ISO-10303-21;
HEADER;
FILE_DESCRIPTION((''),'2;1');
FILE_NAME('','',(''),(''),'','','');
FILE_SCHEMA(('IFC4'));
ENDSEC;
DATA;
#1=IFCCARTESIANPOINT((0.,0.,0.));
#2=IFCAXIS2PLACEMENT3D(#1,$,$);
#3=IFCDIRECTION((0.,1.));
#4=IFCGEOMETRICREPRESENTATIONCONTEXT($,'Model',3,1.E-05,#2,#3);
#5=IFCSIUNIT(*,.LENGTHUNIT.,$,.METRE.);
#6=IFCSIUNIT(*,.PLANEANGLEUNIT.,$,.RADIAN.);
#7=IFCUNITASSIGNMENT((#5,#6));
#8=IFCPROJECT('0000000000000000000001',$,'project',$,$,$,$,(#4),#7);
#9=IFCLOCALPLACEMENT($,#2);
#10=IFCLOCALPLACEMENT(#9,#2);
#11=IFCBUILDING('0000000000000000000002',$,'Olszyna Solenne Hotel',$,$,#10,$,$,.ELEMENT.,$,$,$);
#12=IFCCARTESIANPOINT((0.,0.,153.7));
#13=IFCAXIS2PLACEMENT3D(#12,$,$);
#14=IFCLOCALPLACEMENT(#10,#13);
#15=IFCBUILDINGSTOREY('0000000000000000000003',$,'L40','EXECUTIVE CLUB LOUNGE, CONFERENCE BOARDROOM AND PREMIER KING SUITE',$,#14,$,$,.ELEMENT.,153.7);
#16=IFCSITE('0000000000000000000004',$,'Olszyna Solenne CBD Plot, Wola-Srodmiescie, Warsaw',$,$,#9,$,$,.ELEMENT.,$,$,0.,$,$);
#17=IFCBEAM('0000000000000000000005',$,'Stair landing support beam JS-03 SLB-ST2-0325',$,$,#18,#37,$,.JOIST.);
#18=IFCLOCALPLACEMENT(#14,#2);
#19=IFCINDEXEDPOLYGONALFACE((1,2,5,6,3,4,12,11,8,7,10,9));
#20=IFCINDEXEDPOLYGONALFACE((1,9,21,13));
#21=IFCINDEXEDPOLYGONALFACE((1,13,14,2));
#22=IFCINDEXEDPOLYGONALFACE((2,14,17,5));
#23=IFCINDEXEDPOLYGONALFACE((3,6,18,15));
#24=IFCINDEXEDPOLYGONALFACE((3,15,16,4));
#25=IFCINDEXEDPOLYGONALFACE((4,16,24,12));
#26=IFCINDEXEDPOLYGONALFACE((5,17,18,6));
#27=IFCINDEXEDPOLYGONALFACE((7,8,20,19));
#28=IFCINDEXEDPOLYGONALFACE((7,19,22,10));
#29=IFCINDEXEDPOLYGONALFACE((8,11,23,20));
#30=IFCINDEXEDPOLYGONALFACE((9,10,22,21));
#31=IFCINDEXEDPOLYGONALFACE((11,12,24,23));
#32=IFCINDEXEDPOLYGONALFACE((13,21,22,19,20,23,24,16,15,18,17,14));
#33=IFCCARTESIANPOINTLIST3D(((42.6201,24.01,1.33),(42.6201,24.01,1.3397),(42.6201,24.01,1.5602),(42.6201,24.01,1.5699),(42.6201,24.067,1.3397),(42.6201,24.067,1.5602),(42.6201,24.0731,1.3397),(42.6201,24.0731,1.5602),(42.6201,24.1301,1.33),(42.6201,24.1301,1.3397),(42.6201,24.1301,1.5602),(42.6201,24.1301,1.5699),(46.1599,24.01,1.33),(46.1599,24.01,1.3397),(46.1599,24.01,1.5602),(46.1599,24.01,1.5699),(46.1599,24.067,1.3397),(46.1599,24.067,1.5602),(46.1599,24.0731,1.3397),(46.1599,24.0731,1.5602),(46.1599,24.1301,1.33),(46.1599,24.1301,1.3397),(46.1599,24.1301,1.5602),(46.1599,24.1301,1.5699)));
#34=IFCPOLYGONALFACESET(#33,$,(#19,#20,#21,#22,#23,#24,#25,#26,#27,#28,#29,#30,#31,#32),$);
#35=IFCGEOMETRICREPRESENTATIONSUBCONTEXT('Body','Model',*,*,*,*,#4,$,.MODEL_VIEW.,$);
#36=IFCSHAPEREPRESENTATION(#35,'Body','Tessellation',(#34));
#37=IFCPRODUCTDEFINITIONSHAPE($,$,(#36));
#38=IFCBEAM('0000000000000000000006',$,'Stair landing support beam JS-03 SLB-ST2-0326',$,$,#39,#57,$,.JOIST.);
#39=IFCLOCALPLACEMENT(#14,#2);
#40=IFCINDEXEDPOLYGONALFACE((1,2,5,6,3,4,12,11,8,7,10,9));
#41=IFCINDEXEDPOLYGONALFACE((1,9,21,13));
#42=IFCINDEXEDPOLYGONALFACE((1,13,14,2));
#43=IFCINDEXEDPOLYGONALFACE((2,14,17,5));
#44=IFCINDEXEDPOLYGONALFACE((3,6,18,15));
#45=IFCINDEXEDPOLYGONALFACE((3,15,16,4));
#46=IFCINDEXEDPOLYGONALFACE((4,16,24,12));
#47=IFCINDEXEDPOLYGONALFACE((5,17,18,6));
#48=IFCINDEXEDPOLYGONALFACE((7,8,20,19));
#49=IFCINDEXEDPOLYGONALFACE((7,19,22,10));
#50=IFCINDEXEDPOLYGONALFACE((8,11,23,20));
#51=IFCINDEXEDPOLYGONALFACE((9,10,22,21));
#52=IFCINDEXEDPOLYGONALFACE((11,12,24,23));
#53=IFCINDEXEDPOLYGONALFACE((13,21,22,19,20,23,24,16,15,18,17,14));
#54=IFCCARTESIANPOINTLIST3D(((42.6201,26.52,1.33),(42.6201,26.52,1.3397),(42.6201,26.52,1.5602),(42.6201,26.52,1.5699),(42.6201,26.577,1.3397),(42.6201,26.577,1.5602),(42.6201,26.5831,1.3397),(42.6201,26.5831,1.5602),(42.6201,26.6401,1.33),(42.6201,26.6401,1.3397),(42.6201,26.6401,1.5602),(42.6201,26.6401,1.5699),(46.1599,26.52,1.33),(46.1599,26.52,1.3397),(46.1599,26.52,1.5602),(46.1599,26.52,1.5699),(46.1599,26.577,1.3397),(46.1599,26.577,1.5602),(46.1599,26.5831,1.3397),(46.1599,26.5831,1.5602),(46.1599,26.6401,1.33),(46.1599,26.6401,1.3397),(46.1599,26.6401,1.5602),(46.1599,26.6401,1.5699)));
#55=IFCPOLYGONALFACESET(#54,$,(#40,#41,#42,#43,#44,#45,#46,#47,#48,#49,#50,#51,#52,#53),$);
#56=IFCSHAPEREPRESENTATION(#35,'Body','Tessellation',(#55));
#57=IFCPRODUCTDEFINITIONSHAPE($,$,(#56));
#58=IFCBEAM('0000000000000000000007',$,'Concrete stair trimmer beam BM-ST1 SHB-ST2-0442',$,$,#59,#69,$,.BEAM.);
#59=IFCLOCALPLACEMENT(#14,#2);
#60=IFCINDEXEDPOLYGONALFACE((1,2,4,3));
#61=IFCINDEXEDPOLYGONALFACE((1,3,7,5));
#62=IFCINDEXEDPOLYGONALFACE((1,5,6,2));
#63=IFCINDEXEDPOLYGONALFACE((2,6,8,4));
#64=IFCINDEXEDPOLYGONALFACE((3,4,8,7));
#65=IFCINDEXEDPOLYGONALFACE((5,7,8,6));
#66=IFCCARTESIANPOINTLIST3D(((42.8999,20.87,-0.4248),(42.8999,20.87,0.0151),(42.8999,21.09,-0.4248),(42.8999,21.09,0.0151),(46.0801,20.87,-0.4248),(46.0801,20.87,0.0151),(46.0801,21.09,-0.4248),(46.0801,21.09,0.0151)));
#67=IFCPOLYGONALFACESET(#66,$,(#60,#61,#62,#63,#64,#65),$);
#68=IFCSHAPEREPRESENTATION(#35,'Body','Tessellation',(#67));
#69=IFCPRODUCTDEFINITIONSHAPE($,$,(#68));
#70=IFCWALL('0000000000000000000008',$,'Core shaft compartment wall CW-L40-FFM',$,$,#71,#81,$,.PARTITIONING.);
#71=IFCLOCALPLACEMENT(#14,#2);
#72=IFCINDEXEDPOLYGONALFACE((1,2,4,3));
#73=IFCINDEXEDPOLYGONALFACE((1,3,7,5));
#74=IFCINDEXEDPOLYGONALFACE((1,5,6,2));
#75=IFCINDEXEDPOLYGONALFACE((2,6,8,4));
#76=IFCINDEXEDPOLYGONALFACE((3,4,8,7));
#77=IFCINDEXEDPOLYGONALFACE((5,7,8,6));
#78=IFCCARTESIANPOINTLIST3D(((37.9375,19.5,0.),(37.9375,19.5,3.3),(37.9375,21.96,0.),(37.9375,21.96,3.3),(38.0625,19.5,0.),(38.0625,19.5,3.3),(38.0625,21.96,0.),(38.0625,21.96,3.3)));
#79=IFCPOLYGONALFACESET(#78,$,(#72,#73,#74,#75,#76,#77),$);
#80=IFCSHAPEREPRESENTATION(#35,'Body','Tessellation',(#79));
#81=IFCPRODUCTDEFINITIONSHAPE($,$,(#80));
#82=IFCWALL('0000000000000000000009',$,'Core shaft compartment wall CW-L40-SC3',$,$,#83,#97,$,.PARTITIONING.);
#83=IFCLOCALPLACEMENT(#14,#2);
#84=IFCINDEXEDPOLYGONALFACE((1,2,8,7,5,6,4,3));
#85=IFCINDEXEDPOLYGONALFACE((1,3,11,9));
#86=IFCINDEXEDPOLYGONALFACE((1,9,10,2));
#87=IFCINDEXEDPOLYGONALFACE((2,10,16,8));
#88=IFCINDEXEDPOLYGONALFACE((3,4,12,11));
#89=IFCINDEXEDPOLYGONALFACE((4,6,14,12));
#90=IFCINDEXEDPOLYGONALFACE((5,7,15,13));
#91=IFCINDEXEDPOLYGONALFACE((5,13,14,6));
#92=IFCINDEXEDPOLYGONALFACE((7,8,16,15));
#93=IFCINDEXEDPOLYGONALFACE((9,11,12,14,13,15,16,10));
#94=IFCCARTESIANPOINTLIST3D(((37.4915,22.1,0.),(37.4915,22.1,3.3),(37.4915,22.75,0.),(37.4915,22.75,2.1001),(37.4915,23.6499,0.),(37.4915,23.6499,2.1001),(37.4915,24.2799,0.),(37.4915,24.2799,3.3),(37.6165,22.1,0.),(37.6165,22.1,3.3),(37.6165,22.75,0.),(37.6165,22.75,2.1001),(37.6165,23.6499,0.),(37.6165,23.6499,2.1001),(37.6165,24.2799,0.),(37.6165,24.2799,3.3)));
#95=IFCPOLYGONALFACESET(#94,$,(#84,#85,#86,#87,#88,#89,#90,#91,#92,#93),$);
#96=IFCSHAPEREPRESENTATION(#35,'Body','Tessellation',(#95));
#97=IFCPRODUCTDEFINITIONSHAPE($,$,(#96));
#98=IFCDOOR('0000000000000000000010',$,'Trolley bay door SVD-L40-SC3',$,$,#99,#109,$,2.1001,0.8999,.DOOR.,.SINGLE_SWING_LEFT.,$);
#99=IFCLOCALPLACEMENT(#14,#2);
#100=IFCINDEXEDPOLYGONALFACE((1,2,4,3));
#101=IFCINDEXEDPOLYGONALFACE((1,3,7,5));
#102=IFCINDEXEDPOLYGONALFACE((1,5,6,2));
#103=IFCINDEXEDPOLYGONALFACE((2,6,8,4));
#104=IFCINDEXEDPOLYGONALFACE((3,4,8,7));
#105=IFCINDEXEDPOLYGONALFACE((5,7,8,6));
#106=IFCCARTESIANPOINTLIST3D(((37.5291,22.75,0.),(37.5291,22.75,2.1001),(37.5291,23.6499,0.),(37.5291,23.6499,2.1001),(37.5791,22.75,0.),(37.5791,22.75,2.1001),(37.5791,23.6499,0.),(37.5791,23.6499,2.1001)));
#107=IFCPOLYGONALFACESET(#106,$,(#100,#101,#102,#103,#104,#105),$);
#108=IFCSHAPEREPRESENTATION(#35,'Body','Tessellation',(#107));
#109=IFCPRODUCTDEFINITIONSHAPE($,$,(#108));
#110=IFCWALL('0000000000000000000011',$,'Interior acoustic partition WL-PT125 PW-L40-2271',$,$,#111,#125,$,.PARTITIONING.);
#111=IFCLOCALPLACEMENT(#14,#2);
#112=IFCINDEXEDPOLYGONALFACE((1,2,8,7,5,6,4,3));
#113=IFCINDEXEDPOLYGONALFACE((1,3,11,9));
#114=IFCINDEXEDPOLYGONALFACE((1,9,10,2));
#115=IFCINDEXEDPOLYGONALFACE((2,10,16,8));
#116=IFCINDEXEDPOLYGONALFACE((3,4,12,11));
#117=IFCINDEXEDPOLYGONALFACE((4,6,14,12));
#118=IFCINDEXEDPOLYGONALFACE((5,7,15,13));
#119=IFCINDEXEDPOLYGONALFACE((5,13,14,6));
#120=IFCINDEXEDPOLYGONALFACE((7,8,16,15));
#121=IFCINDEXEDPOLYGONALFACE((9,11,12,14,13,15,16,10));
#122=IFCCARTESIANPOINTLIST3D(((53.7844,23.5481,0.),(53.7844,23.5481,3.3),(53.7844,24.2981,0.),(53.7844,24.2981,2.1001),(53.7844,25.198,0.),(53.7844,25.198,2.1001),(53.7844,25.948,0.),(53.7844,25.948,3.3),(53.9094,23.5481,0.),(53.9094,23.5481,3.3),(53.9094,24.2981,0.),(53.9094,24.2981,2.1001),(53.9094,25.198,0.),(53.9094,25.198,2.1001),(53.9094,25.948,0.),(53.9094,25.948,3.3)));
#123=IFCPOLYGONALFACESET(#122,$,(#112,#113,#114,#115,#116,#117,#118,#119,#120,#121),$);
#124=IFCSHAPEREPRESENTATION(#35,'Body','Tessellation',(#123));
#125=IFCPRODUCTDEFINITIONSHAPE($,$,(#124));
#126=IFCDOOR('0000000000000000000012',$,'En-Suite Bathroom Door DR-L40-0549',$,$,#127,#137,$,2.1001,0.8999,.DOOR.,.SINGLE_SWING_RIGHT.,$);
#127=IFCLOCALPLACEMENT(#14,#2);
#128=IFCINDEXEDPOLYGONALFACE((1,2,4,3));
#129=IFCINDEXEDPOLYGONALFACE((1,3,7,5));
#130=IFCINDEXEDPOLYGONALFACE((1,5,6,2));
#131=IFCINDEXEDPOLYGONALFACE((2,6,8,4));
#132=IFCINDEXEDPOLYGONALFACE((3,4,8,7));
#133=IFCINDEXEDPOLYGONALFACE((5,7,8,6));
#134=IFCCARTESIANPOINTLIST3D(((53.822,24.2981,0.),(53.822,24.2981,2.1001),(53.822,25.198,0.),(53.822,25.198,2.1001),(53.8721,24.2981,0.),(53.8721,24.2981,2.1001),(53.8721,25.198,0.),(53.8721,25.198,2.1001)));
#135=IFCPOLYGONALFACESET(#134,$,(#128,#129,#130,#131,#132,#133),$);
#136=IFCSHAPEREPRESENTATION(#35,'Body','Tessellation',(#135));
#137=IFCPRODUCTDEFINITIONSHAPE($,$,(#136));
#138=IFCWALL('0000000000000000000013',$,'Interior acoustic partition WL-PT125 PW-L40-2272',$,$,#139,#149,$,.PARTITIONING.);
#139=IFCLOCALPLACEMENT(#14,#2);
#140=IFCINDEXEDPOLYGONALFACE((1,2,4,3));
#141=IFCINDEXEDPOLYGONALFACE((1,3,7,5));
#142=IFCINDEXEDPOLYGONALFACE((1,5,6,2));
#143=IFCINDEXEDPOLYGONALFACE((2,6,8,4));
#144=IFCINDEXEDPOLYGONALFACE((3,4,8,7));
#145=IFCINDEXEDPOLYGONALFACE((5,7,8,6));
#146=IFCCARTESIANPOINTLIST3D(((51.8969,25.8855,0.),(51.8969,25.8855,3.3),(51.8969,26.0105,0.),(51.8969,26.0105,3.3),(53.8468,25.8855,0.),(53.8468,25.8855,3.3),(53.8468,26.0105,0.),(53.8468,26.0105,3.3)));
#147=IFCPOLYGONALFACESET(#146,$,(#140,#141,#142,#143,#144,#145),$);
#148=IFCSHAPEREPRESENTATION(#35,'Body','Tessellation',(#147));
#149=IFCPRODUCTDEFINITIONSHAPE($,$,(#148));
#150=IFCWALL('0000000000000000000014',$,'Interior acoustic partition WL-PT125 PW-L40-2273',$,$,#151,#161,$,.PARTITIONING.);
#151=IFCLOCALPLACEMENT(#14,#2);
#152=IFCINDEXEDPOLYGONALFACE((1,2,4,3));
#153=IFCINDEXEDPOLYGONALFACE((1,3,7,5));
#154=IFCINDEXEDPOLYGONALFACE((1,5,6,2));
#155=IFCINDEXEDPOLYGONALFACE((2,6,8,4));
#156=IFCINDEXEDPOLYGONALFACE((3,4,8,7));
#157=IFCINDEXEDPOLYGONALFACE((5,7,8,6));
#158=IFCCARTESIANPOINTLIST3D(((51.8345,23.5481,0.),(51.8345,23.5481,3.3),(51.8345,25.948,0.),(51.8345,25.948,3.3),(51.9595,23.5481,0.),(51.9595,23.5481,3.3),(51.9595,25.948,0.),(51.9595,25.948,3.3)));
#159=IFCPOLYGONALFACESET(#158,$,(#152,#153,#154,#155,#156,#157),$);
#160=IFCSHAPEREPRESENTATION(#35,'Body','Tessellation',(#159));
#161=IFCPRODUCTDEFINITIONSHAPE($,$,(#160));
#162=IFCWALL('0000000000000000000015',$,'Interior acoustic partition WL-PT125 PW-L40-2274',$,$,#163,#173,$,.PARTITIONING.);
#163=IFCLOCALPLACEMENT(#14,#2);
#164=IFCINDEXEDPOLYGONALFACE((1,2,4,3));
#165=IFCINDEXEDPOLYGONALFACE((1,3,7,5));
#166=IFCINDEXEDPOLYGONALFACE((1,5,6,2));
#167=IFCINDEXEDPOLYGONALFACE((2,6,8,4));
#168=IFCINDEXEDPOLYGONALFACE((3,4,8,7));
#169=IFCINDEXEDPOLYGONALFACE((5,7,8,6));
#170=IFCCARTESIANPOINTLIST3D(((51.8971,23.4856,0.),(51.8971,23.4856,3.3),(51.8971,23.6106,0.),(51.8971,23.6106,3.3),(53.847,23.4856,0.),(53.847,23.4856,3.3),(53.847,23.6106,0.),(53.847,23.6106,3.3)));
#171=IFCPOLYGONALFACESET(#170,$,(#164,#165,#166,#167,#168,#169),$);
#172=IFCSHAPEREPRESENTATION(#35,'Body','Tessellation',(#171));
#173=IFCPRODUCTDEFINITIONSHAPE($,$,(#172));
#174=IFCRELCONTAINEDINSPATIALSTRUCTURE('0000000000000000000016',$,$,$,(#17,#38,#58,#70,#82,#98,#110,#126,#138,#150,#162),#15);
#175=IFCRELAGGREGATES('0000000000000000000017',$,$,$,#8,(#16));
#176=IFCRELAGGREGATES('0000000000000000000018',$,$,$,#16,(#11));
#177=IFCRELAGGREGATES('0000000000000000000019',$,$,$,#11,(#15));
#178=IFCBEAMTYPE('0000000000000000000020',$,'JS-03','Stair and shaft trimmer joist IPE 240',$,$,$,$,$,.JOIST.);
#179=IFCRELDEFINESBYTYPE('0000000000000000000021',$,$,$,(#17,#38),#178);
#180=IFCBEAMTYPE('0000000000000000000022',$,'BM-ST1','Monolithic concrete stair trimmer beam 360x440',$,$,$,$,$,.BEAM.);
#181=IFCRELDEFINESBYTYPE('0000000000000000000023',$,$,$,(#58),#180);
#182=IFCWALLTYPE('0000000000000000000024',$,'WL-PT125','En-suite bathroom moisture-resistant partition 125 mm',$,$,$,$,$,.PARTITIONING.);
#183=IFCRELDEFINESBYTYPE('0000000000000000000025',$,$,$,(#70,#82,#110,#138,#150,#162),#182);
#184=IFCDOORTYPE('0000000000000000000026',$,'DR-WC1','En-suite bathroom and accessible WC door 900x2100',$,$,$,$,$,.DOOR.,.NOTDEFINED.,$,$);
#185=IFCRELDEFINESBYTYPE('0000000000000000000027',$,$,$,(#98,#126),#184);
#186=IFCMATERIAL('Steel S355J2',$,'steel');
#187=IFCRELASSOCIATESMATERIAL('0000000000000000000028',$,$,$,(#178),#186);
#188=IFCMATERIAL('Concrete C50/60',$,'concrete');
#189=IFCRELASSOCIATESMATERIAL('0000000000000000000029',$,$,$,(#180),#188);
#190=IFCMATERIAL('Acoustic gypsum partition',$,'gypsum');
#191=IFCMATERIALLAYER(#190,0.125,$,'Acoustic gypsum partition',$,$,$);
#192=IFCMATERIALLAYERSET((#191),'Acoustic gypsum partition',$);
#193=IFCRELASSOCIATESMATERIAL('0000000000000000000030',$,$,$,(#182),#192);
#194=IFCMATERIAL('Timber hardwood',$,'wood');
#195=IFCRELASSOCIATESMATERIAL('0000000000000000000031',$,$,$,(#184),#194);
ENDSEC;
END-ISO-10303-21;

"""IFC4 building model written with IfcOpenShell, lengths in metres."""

from ifc_helpers import new_model, si_unit, direction, frame, frame_2d, origin, origin_2d, place, context, subcontext, project, spatial, rectangle, i_section, extrude, source, transform, mapped, material, layer, layer_set, material_profile, profile_set, type_object, type_shapes, element, fill, save


model = new_model("IFC4")

# Units and contexts
model_context = context("Model", 3, precision=1e-05, world=origin(), true_north=direction((0.0, 1.0)))
body_context = subcontext(model_context, "Body", "Model", "MODEL_VIEW")
ifc_project = project(units=[si_unit("LENGTHUNIT", "METRE"), si_unit("PLANEANGLEUNIT", "RADIAN")], contexts=[model_context])

# Site, building, storey
site_placement = place(None, origin())
site = spatial("IfcSite", under=ifc_project, at=site_placement, Name="Olszyna Solenne CBD Plot, Wola-Srodmiescie, Warsaw", CompositionType="ELEMENT", RefElevation=0.0)
building_placement = place(site_placement, origin())
building = spatial("IfcBuilding", under=site, at=building_placement, Name="Olszyna Solenne Hotel", CompositionType="ELEMENT")
storey_placement = place(building_placement, frame((0.0, 0.0, 153.7)))
storey = spatial("IfcBuildingStorey", under=building, at=storey_placement, Name="L40", Description="EXECUTIVE CLUB LOUNGE, CONFERENCE BOARDROOM AND PREMIER KING SUITE", CompositionType="ELEMENT", Elevation=153.7)

# Beams
ifc_material_1 = material(Name="Steel S355J2", Category="steel")
ifc_material_profile_1 = material_profile(ifc_material_1, i_section(OverallWidth=0.1201, OverallDepth=0.24, WebThickness=0.0061, FlangeThickness=0.0098, at=origin_2d()), Name="IPE 240", Category="load-bearing")
ifc_profile_set_1 = profile_set([ifc_material_profile_1], Name="Steel S355J2")
beam_type_1 = type_object("IfcBeamType", Name="JS-03", Description="Stair and shaft trimmer joist IPE 240", PredefinedType="JOIST", material=ifc_profile_set_1)
shared_shape_1 = source(origin(), body_context, "Body", "SweptSolid", [
    extrude(i_section(OverallWidth=0.1201, OverallDepth=0.24, WebThickness=0.0061, FlangeThickness=0.0098, at=origin_2d()), origin(), (0.0, 0.0, 1.0), 3.5398),
])
for number, where, z_axis, x_axis, name in (
    (1, (46.1599, 24.0701, 1.45), (-1.0, 0.0, 0.0), (0.0, -1.0, 0.0), "Stair landing support beam JS-03 SLB-ST2-0325"),
    (2, (46.1599, 26.5801, 1.45), (-1.0, 0.0, 0.0), (0.0, -1.0, 0.0), "Stair landing support beam JS-03 SLB-ST2-0326"),
):
    element("IfcBeam", number, at=place(storey_placement, frame(where, z_axis=z_axis, x_axis=x_axis)), inside=storey, type_object=beam_type_1, Name=name, PredefinedType="JOIST", context=body_context, shape_type="MappedRepresentation", body=[
        mapped(shared_shape_1, transform((0.0, 0.0, 0.0), x_axis=(1.0, 0.0, 0.0), y_axis=(0.0, 1.0, 0.0), z_axis=(0.0, 0.0, 1.0), scale=1.0)),
    ])
ifc_material_2 = material(Name="Concrete C50/60", Category="concrete")
ifc_material_profile_2 = material_profile(ifc_material_2, rectangle(XDim=0.22, YDim=0.4399, at=origin_2d()), Name="RC 220x440", Category="load-bearing")
ifc_profile_set_2 = profile_set([ifc_material_profile_2], Name="Concrete C50/60")
beam_type_2 = type_object("IfcBeamType", Name="BM-ST1", Description="Monolithic concrete stair trimmer beam 360x440", PredefinedType="BEAM", material=ifc_profile_set_2)
shared_shape_2 = source(origin(), body_context, "Body", "SweptSolid", [
    extrude(rectangle(XDim=0.22, YDim=0.4399, at=origin_2d()), origin(), (0.0, 0.0, 1.0), 3.1802),
])
beam_placement = place(storey_placement, frame((46.0801, 20.98, -0.2048), z_axis=(-1.0, 0.0, 0.0), x_axis=(0.0, -1.0, 0.0)))
element("IfcBeam", 3, at=beam_placement, inside=storey, type_object=beam_type_2, Name="Concrete stair trimmer beam BM-ST1 SHB-ST2-0442", PredefinedType="BEAM", context=body_context, shape_type="MappedRepresentation", body=[
    mapped(shared_shape_2, transform((0.0, 0.0, 0.0), x_axis=(1.0, 0.0, 0.0), y_axis=(0.0, 1.0, 0.0), z_axis=(0.0, 0.0, 1.0), scale=1.0)),
])

# Wall
ifc_material_3 = material(Name="Acoustic gypsum partition", Category="gypsum")
ifc_layer_1 = layer(ifc_material_3, 0.125, Name="Acoustic gypsum partition")
ifc_layer_set_1 = layer_set([ifc_layer_1], Name="Acoustic gypsum partition")
wall_type_1 = type_object("IfcWallType", Name="WL-PT125", Description="En-suite bathroom moisture-resistant partition 125 mm", PredefinedType="PARTITIONING", material=ifc_layer_set_1)
wall_1_placement = place(storey_placement, frame((38.0, 19.5, 0.0), z_axis=(0.0, 0.0, 1.0), x_axis=(0.0, 1.0, 0.0)))
element("IfcWall", 4, at=wall_1_placement, inside=storey, type_object=wall_type_1, Name="Core shaft compartment wall CW-L40-FFM", PredefinedType="PARTITIONING", context=body_context, shape_type="SweptSolid", body=[
    extrude(rectangle(XDim=2.46, YDim=0.125, at=frame_2d((1.23, 0.0))), origin(), (0.0, 0.0, 1.0), 3.3),
])

# Walls, openings, doors
wall_2_placement = place(storey_placement, frame((37.554, 22.1001, 0.0), z_axis=(0.0, 0.0, 1.0), x_axis=(0.0, 1.0, 0.0)))
wall_2 = element("IfcWall", 5, at=wall_2_placement, inside=storey, type_object=wall_type_1, Name="Core shaft compartment wall CW-L40-SC3", PredefinedType="PARTITIONING", context=body_context, shape_type="SweptSolid", body=[
    extrude(rectangle(XDim=2.1799, YDim=0.125, at=frame_2d((1.0898, 0.0))), origin(), (0.0, 0.0, 1.0), 3.3),
])
opening_1_placement = place(wall_2_placement, frame((0.6499, 0.0, 0.0)))
opening_1 = element("IfcOpeningElement", 6, at=opening_1_placement, cuts=wall_2, PredefinedType="OPENING", context=body_context, shape_type="SweptSolid", body=[
    extrude(rectangle(XDim=0.8999, YDim=2.1001, at=frame_2d((0.45, 1.05))), frame((0.0, 0.0725, 0.0), z_axis=(0.0, -1.0, 0.0), x_axis=(1.0, 0.0, 0.0)), (0.0, 0.0, 1.0), 0.145),
])
ifc_material_4 = material(Name="Timber hardwood", Category="wood")
door_type_1 = type_object("IfcDoorType", Name="DR-WC1", Description="En-suite bathroom and accessible WC door 900x2100", OperationType="NOTDEFINED", PredefinedType="DOOR", material=ifc_material_4)
shared_shape_3 = source(origin(), body_context, "Body", "SweptSolid", [
    extrude(rectangle(XDim=0.8999, YDim=2.1001, at=frame_2d((0.45, 1.05))), frame((0.0, 0.0249, 0.0), z_axis=(0.0, -1.0, 0.0), x_axis=(1.0, 0.0, 0.0)), (0.0, 0.0, 1.0), 0.05),
])
type_shapes(door_type_1, [shared_shape_3])
door_1_placement = place(opening_1_placement, origin())
door_1 = element("IfcDoor", 7, at=door_1_placement, inside=storey, type_object=door_type_1, Name="Trolley bay door SVD-L40-SC3", OperationType="SINGLE_SWING_LEFT", OverallHeight=2.1001, OverallWidth=0.8999, PredefinedType="DOOR", context=body_context, shape_type="MappedRepresentation", body=[
    mapped(shared_shape_3, transform((0.0, 0.0, 0.0), x_axis=(1.0, 0.0, 0.0), y_axis=(0.0, 1.0, 0.0), z_axis=(0.0, 0.0, 1.0), scale=1.0)),
])
fill(opening_1, door_1)
wall_3_placement = place(storey_placement, frame((53.8469, 23.5481, 0.0), z_axis=(0.0, 0.0, 1.0), x_axis=(0.0, 1.0, 0.0)))
wall_3 = element("IfcWall", 8, at=wall_3_placement, inside=storey, type_object=wall_type_1, Name="Interior acoustic partition WL-PT125 PW-L40-2271", PredefinedType="PARTITIONING", context=body_context, shape_type="SweptSolid", body=[
    extrude(rectangle(XDim=2.3999, YDim=0.125, at=frame_2d((1.2, 0.0))), origin(), (0.0, 0.0, 1.0), 3.3),
])
opening_2_placement = place(wall_3_placement, frame((0.75, 0.0, 0.0)))
opening_2 = element("IfcOpeningElement", 9, at=opening_2_placement, cuts=wall_3, PredefinedType="OPENING", context=body_context, shape_type="SweptSolid", body=[
    extrude(rectangle(XDim=0.8999, YDim=2.1001, at=frame_2d((0.45, 1.05))), frame((0.0, 0.0725, 0.0), z_axis=(0.0, -1.0, 0.0), x_axis=(1.0, 0.0, 0.0)), (0.0, 0.0, 1.0), 0.145),
])
door_2_placement = place(opening_2_placement, origin())
door_2 = element("IfcDoor", 10, at=door_2_placement, inside=storey, type_object=door_type_1, Name="En-Suite Bathroom Door DR-L40-0549", OperationType="SINGLE_SWING_RIGHT", OverallHeight=2.1001, OverallWidth=0.8999, PredefinedType="DOOR", context=body_context, shape_type="MappedRepresentation", body=[
    mapped(shared_shape_3, transform((0.0, 0.0, 0.0), x_axis=(1.0, 0.0, 0.0), y_axis=(0.0, 1.0, 0.0), z_axis=(0.0, 0.0, 1.0), scale=1.0)),
])
fill(opening_2, door_2)

# Walls
wall_4_placement = place(storey_placement, frame((53.8469, 25.948, 0.0), z_axis=(0.0, 0.0, 1.0), x_axis=(-1.0, 0.0, 0.0)))
element("IfcWall", 11, at=wall_4_placement, inside=storey, type_object=wall_type_1, Name="Interior acoustic partition WL-PT125 PW-L40-2272", PredefinedType="PARTITIONING", context=body_context, shape_type="SweptSolid", body=[
    extrude(rectangle(XDim=1.95, YDim=0.125, at=frame_2d((0.9751, 0.0))), origin(), (0.0, 0.0, 1.0), 3.3),
])
wall_5_placement = place(storey_placement, frame((51.897, 25.948, 0.0), z_axis=(0.0, 0.0, 1.0), x_axis=(0.0, -1.0, 0.0)))
element("IfcWall", 12, at=wall_5_placement, inside=storey, type_object=wall_type_1, Name="Interior acoustic partition WL-PT125 PW-L40-2273", PredefinedType="PARTITIONING", context=body_context, shape_type="SweptSolid", body=[
    extrude(rectangle(XDim=2.3999, YDim=0.125, at=frame_2d((1.2, 0.0))), origin(), (0.0, 0.0, 1.0), 3.3),
])
wall_6_placement = place(storey_placement, frame((51.897, 23.5481, 0.0), z_axis=(0.0, 0.0, 1.0), x_axis=(1.0, 0.0, 0.0)))
element("IfcWall", 13, at=wall_6_placement, inside=storey, type_object=wall_type_1, Name="Interior acoustic partition WL-PT125 PW-L40-2274", PredefinedType="PARTITIONING", context=body_context, shape_type="SweptSolid", body=[
    extrude(rectangle(XDim=1.95, YDim=0.125, at=frame_2d((0.9751, 0.0))), origin(), (0.0, 0.0, 1.0), 3.3),
])

save(model, "model.ifc")
